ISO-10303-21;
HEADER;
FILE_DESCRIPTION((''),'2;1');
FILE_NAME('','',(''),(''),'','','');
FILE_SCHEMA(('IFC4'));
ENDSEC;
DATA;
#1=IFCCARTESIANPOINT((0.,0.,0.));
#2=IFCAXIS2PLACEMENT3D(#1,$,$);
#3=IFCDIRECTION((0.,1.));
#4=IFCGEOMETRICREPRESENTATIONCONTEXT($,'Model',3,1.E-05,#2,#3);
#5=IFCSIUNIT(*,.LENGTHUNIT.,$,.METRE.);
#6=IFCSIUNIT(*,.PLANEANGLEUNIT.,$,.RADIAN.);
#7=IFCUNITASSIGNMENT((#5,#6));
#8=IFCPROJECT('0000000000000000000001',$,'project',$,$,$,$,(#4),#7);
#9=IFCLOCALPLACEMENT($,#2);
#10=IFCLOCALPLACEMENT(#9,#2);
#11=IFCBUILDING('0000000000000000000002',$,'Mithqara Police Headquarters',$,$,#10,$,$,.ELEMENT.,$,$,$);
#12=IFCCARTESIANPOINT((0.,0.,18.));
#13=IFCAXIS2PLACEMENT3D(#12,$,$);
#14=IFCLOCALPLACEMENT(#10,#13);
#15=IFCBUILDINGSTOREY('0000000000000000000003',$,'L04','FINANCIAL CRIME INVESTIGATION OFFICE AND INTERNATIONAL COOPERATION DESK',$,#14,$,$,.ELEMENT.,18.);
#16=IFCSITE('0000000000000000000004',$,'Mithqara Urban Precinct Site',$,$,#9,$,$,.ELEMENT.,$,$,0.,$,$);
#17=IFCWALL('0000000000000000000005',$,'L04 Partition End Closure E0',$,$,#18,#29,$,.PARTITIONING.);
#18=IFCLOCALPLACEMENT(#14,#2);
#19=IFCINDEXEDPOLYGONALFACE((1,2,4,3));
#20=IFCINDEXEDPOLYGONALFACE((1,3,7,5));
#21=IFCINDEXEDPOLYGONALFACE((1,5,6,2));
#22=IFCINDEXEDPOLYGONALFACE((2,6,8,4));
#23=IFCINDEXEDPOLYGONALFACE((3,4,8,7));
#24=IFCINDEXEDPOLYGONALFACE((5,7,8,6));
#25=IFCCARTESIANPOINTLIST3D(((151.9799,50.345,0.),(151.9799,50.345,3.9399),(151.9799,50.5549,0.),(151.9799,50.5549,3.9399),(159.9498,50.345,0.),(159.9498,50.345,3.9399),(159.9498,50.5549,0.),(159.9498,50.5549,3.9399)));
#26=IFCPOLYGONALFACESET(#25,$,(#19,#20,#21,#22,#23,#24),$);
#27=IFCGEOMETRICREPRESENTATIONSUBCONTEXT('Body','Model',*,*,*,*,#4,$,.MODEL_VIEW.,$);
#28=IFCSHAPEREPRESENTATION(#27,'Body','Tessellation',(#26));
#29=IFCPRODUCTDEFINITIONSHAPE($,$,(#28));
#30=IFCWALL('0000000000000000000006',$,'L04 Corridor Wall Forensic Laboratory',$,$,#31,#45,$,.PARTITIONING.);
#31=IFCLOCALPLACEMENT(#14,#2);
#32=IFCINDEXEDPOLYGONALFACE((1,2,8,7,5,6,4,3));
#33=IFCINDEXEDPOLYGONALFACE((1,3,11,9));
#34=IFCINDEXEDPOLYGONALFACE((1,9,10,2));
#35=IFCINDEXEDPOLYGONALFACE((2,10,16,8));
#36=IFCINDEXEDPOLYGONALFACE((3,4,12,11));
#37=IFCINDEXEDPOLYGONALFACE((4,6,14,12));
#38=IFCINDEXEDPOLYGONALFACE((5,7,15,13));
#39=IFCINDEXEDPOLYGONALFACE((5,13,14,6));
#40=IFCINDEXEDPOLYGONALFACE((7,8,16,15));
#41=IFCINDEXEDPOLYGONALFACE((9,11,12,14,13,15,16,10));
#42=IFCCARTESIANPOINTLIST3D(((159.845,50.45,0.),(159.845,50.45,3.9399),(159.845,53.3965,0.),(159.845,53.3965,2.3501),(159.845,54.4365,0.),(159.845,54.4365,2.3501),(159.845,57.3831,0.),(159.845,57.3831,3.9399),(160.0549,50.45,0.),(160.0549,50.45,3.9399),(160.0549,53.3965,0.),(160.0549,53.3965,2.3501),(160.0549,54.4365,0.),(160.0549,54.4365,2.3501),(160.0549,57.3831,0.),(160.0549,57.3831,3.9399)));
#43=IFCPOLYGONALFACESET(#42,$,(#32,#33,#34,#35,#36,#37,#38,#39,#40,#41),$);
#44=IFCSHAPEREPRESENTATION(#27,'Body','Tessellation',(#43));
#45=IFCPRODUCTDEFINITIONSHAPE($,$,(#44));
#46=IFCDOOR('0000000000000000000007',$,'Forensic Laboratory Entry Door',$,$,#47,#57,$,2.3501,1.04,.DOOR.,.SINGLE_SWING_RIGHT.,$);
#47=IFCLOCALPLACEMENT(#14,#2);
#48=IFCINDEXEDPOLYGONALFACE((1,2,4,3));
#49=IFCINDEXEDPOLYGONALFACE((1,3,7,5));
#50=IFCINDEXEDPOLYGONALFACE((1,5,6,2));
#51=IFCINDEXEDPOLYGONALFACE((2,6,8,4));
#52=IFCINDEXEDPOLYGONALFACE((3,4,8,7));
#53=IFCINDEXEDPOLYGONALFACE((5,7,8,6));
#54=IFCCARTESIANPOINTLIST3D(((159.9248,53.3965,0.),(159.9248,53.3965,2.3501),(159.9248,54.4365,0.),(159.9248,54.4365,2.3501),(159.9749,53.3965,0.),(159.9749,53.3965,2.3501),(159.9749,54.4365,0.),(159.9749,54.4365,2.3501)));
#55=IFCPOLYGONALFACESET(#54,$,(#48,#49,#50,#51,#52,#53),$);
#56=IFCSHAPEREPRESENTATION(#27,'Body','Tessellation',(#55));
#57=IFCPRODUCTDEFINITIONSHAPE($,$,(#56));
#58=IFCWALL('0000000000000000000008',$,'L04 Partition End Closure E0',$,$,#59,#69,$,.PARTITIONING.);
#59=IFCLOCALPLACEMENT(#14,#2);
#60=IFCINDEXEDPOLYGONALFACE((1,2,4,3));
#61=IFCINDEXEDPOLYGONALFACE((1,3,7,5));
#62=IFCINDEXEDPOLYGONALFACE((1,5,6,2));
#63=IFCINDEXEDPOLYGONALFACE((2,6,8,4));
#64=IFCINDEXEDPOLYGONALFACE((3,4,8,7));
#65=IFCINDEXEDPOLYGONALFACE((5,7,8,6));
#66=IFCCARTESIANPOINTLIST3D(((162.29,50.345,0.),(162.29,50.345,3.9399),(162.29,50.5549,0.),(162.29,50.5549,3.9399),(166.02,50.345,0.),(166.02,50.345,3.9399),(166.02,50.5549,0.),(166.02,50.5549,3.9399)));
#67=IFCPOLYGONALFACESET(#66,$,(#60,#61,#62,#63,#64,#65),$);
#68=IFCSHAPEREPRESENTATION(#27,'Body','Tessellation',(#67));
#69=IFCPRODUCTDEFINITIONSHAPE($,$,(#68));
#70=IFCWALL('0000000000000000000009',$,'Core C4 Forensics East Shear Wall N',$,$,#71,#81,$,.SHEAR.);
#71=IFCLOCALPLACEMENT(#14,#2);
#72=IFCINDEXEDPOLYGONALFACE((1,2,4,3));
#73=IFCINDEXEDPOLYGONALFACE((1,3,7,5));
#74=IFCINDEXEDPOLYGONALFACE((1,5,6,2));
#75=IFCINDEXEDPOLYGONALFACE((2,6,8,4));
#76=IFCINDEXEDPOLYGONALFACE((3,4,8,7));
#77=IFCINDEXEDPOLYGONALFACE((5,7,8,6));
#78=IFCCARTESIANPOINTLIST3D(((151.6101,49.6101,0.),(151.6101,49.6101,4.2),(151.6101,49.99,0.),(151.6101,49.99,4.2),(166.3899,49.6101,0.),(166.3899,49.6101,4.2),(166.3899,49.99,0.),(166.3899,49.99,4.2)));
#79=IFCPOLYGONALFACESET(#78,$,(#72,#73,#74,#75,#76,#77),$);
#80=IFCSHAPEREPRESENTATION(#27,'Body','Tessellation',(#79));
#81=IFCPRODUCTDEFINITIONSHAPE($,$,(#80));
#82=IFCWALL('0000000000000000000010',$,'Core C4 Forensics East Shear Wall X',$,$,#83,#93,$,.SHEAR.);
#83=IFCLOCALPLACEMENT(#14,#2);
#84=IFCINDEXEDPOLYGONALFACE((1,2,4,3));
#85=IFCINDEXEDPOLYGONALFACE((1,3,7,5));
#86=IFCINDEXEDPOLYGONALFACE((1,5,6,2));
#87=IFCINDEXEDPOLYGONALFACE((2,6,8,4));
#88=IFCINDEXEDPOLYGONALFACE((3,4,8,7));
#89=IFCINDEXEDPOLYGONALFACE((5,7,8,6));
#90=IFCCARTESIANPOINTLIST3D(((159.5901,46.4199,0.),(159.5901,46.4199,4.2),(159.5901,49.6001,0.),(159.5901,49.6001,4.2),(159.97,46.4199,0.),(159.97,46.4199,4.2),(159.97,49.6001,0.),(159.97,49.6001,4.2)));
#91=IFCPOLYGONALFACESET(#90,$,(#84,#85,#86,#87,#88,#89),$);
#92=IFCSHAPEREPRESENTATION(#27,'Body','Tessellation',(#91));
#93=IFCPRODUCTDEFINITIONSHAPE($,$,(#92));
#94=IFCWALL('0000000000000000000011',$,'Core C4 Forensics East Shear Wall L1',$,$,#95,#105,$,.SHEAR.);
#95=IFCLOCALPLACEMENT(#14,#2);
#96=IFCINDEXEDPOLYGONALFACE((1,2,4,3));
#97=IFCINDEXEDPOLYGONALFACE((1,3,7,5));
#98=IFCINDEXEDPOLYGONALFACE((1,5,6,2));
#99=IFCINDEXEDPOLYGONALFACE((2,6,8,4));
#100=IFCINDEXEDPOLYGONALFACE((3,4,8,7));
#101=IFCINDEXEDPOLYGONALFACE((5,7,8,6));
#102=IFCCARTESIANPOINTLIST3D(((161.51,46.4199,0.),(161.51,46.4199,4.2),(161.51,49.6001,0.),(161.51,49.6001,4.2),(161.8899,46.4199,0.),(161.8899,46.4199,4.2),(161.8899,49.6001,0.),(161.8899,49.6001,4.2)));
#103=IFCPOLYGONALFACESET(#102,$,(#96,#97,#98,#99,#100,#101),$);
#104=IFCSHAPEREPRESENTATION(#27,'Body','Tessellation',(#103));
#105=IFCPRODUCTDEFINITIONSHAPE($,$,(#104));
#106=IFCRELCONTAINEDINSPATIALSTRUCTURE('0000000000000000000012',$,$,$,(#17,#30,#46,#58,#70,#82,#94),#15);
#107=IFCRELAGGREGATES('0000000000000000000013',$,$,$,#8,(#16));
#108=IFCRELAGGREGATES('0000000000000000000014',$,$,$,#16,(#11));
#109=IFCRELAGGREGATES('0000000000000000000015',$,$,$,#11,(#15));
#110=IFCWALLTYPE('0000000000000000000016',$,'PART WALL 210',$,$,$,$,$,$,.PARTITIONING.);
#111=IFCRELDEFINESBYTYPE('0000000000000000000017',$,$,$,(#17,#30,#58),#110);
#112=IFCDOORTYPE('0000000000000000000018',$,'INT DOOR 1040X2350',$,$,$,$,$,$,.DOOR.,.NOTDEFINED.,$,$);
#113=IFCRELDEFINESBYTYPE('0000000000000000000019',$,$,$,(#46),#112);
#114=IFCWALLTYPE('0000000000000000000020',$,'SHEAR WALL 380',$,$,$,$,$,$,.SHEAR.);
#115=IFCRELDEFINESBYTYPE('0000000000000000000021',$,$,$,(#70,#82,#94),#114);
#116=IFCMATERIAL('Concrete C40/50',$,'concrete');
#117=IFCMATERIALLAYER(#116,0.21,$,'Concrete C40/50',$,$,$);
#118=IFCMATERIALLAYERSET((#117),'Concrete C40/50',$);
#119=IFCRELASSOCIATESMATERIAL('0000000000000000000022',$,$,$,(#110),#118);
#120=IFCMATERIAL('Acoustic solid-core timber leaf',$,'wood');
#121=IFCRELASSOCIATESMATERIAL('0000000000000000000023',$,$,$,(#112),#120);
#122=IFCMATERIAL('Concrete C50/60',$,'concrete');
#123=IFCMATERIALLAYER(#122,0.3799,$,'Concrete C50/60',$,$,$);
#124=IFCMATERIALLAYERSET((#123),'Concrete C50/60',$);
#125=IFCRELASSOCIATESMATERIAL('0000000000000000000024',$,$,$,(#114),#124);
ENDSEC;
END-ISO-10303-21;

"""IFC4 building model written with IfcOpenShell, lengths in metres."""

from ifc_helpers import new_model, si_unit, direction, frame, frame_2d, origin, place, context, subcontext, project, spatial, rectangle, extrude, material, layer, layer_set, type_object, element, fill, save


model = new_model("IFC4")

# Units and contexts
model_context = context("Model", 3, precision=1e-05, world=origin(), true_north=direction((0.0, 1.0)))
body_context = subcontext(model_context, "Body", "Model", "MODEL_VIEW")
ifc_project = project(units=[si_unit("LENGTHUNIT", "METRE"), si_unit("PLANEANGLEUNIT", "RADIAN")], contexts=[model_context])

# Site, building, storey
site_placement = place(None, origin())
site = spatial("IfcSite", under=ifc_project, at=site_placement, Name="Mithqara Urban Precinct Site", CompositionType="ELEMENT", RefElevation=0.0)
building_placement = place(site_placement, origin())
building = spatial("IfcBuilding", under=site, at=building_placement, Name="Mithqara Police Headquarters", CompositionType="ELEMENT")
storey_placement = place(building_placement, frame((0.0, 0.0, 18.0)))
storey = spatial("IfcBuildingStorey", under=building, at=storey_placement, Name="L04", Description="FINANCIAL CRIME INVESTIGATION OFFICE AND INTERNATIONAL COOPERATION DESK", CompositionType="ELEMENT", Elevation=18.0)

# Shared definitions
ifc_material_1 = material(Name="Concrete C40/50", Category="concrete")

# Wall
ifc_layer_1 = layer(ifc_material_1, 0.21, Name="Concrete C40/50")
ifc_layer_set_1 = layer_set([ifc_layer_1], Name="Concrete C40/50")
wall_type_1 = type_object("IfcWallType", Name="PART WALL 210", PredefinedType="PARTITIONING", material=ifc_layer_set_1)
wall_1_placement = place(storey_placement, frame((151.98, 50.45, 0.0), z_axis=(0.0, 0.0, 1.0), x_axis=(1.0, 0.0, 0.0)))
element("IfcWall", 1, at=wall_1_placement, inside=storey, type_object=wall_type_1, Name="L04 Partition End Closure E0", PredefinedType="PARTITIONING", context=body_context, shape_type="SweptSolid", body=[
    extrude(rectangle(XDim=7.97, YDim=0.21, at=frame_2d((3.9849, 0.0))), origin(), (0.0, 0.0, 1.0), 3.9399),
])

# Wall, opening, door
wall_2_placement = place(storey_placement, frame((159.95, 50.45, 0.0), z_axis=(0.0, 0.0, 1.0), x_axis=(0.0, 1.0, 0.0)))
wall_2 = element("IfcWall", 2, at=wall_2_placement, inside=storey, type_object=wall_type_1, Name="L04 Corridor Wall Forensic Laboratory", PredefinedType="PARTITIONING", context=body_context, shape_type="SweptSolid", body=[
    extrude(rectangle(XDim=6.9331, YDim=0.21, at=frame_2d((3.4666, 0.0))), origin(), (0.0, 0.0, 1.0), 3.9399),
])
opening_1_placement = place(wall_2_placement, frame((2.9465, 0.0, 0.0)))
opening_1 = element("IfcOpeningElement", 3, at=opening_1_placement, cuts=wall_2, PredefinedType="OPENING", context=body_context, shape_type="SweptSolid", body=[
    extrude(rectangle(XDim=1.04, YDim=2.3501, at=frame_2d((0.52, 1.175))), frame((0.0, 0.115, 0.0), z_axis=(0.0, -1.0, 0.0), x_axis=(1.0, 0.0, 0.0)), (0.0, 0.0, 1.0), 0.23),
])
ifc_material_2 = material(Name="Acoustic solid-core timber leaf", Category="wood")
door_type = type_object("IfcDoorType", Name="INT DOOR 1040X2350", OperationType="NOTDEFINED", PredefinedType="DOOR", material=ifc_material_2)
door_placement = place(opening_1_placement, frame((1.04, 0.0, 0.0), z_axis=(0.0, 0.0, 1.0), x_axis=(-1.0, 0.0, 0.0)))
door = element("IfcDoor", 4, at=door_placement, inside=storey, type_object=door_type, Name="Forensic Laboratory Entry Door", OperationType="SINGLE_SWING_RIGHT", OverallHeight=2.3501, OverallWidth=1.04, PredefinedType="DOOR", context=body_context, shape_type="SweptSolid", body=[
    extrude(rectangle(XDim=1.04, YDim=2.3501, at=frame_2d((0.52, 1.175))), frame((0.0, 0.0249, 0.0), z_axis=(0.0, -1.0, 0.0), x_axis=(1.0, 0.0, 0.0)), (0.0, 0.0, 1.0), 0.05),
])
fill(opening_1, door)

# Walls
wall_3_placement = place(storey_placement, frame((162.29, 50.45, 0.0), z_axis=(0.0, 0.0, 1.0), x_axis=(1.0, 0.0, 0.0)))
element("IfcWall", 5, at=wall_3_placement, inside=storey, type_object=wall_type_1, Name="L04 Partition End Closure E0", PredefinedType="PARTITIONING", context=body_context, shape_type="SweptSolid", body=[
    extrude(rectangle(XDim=3.73, YDim=0.21, at=frame_2d((1.865, 0.0))), origin(), (0.0, 0.0, 1.0), 3.9399),
])
ifc_material_3 = material(Name="Concrete C50/60", Category="concrete")
ifc_layer_2 = layer(ifc_material_3, 0.3799, Name="Concrete C50/60")
ifc_layer_set_2 = layer_set([ifc_layer_2], Name="Concrete C50/60")
wall_type_2 = type_object("IfcWallType", Name="SHEAR WALL 380", PredefinedType="SHEAR", material=ifc_layer_set_2)
wall_4_placement = place(storey_placement, frame((151.6101, 49.8, 0.0), z_axis=(0.0, 0.0, 1.0), x_axis=(1.0, 0.0, 0.0)))
element("IfcWall", 6, at=wall_4_placement, inside=storey, type_object=wall_type_2, Name="Core C4 Forensics East Shear Wall N", PredefinedType="SHEAR", context=body_context, shape_type="SweptSolid", body=[
    extrude(rectangle(XDim=14.7798, YDim=0.3799, at=frame_2d((7.3899, 0.0))), origin(), (0.0, 0.0, 1.0), 4.2),
])
for number, where, z_axis, x_axis, name in (
    (7, (159.78, 46.4199, 0.0), (0.0, 0.0, 1.0), (0.0, 1.0, 0.0), "Core C4 Forensics East Shear Wall X"),
    (8, (161.7, 46.4199, 0.0), (0.0, 0.0, 1.0), (0.0, 1.0, 0.0), "Core C4 Forensics East Shear Wall L1"),
):
    element("IfcWall", number, at=place(storey_placement, frame(where, z_axis=z_axis, x_axis=x_axis)), inside=storey, type_object=wall_type_2, Name=name, PredefinedType="SHEAR", context=body_context, shape_type="SweptSolid", body=[
        extrude(rectangle(XDim=3.1802, YDim=0.3799, at=frame_2d((1.5901, 0.0))), origin(), (0.0, 0.0, 1.0), 4.2),
    ])

save(model, "model.ifc")
